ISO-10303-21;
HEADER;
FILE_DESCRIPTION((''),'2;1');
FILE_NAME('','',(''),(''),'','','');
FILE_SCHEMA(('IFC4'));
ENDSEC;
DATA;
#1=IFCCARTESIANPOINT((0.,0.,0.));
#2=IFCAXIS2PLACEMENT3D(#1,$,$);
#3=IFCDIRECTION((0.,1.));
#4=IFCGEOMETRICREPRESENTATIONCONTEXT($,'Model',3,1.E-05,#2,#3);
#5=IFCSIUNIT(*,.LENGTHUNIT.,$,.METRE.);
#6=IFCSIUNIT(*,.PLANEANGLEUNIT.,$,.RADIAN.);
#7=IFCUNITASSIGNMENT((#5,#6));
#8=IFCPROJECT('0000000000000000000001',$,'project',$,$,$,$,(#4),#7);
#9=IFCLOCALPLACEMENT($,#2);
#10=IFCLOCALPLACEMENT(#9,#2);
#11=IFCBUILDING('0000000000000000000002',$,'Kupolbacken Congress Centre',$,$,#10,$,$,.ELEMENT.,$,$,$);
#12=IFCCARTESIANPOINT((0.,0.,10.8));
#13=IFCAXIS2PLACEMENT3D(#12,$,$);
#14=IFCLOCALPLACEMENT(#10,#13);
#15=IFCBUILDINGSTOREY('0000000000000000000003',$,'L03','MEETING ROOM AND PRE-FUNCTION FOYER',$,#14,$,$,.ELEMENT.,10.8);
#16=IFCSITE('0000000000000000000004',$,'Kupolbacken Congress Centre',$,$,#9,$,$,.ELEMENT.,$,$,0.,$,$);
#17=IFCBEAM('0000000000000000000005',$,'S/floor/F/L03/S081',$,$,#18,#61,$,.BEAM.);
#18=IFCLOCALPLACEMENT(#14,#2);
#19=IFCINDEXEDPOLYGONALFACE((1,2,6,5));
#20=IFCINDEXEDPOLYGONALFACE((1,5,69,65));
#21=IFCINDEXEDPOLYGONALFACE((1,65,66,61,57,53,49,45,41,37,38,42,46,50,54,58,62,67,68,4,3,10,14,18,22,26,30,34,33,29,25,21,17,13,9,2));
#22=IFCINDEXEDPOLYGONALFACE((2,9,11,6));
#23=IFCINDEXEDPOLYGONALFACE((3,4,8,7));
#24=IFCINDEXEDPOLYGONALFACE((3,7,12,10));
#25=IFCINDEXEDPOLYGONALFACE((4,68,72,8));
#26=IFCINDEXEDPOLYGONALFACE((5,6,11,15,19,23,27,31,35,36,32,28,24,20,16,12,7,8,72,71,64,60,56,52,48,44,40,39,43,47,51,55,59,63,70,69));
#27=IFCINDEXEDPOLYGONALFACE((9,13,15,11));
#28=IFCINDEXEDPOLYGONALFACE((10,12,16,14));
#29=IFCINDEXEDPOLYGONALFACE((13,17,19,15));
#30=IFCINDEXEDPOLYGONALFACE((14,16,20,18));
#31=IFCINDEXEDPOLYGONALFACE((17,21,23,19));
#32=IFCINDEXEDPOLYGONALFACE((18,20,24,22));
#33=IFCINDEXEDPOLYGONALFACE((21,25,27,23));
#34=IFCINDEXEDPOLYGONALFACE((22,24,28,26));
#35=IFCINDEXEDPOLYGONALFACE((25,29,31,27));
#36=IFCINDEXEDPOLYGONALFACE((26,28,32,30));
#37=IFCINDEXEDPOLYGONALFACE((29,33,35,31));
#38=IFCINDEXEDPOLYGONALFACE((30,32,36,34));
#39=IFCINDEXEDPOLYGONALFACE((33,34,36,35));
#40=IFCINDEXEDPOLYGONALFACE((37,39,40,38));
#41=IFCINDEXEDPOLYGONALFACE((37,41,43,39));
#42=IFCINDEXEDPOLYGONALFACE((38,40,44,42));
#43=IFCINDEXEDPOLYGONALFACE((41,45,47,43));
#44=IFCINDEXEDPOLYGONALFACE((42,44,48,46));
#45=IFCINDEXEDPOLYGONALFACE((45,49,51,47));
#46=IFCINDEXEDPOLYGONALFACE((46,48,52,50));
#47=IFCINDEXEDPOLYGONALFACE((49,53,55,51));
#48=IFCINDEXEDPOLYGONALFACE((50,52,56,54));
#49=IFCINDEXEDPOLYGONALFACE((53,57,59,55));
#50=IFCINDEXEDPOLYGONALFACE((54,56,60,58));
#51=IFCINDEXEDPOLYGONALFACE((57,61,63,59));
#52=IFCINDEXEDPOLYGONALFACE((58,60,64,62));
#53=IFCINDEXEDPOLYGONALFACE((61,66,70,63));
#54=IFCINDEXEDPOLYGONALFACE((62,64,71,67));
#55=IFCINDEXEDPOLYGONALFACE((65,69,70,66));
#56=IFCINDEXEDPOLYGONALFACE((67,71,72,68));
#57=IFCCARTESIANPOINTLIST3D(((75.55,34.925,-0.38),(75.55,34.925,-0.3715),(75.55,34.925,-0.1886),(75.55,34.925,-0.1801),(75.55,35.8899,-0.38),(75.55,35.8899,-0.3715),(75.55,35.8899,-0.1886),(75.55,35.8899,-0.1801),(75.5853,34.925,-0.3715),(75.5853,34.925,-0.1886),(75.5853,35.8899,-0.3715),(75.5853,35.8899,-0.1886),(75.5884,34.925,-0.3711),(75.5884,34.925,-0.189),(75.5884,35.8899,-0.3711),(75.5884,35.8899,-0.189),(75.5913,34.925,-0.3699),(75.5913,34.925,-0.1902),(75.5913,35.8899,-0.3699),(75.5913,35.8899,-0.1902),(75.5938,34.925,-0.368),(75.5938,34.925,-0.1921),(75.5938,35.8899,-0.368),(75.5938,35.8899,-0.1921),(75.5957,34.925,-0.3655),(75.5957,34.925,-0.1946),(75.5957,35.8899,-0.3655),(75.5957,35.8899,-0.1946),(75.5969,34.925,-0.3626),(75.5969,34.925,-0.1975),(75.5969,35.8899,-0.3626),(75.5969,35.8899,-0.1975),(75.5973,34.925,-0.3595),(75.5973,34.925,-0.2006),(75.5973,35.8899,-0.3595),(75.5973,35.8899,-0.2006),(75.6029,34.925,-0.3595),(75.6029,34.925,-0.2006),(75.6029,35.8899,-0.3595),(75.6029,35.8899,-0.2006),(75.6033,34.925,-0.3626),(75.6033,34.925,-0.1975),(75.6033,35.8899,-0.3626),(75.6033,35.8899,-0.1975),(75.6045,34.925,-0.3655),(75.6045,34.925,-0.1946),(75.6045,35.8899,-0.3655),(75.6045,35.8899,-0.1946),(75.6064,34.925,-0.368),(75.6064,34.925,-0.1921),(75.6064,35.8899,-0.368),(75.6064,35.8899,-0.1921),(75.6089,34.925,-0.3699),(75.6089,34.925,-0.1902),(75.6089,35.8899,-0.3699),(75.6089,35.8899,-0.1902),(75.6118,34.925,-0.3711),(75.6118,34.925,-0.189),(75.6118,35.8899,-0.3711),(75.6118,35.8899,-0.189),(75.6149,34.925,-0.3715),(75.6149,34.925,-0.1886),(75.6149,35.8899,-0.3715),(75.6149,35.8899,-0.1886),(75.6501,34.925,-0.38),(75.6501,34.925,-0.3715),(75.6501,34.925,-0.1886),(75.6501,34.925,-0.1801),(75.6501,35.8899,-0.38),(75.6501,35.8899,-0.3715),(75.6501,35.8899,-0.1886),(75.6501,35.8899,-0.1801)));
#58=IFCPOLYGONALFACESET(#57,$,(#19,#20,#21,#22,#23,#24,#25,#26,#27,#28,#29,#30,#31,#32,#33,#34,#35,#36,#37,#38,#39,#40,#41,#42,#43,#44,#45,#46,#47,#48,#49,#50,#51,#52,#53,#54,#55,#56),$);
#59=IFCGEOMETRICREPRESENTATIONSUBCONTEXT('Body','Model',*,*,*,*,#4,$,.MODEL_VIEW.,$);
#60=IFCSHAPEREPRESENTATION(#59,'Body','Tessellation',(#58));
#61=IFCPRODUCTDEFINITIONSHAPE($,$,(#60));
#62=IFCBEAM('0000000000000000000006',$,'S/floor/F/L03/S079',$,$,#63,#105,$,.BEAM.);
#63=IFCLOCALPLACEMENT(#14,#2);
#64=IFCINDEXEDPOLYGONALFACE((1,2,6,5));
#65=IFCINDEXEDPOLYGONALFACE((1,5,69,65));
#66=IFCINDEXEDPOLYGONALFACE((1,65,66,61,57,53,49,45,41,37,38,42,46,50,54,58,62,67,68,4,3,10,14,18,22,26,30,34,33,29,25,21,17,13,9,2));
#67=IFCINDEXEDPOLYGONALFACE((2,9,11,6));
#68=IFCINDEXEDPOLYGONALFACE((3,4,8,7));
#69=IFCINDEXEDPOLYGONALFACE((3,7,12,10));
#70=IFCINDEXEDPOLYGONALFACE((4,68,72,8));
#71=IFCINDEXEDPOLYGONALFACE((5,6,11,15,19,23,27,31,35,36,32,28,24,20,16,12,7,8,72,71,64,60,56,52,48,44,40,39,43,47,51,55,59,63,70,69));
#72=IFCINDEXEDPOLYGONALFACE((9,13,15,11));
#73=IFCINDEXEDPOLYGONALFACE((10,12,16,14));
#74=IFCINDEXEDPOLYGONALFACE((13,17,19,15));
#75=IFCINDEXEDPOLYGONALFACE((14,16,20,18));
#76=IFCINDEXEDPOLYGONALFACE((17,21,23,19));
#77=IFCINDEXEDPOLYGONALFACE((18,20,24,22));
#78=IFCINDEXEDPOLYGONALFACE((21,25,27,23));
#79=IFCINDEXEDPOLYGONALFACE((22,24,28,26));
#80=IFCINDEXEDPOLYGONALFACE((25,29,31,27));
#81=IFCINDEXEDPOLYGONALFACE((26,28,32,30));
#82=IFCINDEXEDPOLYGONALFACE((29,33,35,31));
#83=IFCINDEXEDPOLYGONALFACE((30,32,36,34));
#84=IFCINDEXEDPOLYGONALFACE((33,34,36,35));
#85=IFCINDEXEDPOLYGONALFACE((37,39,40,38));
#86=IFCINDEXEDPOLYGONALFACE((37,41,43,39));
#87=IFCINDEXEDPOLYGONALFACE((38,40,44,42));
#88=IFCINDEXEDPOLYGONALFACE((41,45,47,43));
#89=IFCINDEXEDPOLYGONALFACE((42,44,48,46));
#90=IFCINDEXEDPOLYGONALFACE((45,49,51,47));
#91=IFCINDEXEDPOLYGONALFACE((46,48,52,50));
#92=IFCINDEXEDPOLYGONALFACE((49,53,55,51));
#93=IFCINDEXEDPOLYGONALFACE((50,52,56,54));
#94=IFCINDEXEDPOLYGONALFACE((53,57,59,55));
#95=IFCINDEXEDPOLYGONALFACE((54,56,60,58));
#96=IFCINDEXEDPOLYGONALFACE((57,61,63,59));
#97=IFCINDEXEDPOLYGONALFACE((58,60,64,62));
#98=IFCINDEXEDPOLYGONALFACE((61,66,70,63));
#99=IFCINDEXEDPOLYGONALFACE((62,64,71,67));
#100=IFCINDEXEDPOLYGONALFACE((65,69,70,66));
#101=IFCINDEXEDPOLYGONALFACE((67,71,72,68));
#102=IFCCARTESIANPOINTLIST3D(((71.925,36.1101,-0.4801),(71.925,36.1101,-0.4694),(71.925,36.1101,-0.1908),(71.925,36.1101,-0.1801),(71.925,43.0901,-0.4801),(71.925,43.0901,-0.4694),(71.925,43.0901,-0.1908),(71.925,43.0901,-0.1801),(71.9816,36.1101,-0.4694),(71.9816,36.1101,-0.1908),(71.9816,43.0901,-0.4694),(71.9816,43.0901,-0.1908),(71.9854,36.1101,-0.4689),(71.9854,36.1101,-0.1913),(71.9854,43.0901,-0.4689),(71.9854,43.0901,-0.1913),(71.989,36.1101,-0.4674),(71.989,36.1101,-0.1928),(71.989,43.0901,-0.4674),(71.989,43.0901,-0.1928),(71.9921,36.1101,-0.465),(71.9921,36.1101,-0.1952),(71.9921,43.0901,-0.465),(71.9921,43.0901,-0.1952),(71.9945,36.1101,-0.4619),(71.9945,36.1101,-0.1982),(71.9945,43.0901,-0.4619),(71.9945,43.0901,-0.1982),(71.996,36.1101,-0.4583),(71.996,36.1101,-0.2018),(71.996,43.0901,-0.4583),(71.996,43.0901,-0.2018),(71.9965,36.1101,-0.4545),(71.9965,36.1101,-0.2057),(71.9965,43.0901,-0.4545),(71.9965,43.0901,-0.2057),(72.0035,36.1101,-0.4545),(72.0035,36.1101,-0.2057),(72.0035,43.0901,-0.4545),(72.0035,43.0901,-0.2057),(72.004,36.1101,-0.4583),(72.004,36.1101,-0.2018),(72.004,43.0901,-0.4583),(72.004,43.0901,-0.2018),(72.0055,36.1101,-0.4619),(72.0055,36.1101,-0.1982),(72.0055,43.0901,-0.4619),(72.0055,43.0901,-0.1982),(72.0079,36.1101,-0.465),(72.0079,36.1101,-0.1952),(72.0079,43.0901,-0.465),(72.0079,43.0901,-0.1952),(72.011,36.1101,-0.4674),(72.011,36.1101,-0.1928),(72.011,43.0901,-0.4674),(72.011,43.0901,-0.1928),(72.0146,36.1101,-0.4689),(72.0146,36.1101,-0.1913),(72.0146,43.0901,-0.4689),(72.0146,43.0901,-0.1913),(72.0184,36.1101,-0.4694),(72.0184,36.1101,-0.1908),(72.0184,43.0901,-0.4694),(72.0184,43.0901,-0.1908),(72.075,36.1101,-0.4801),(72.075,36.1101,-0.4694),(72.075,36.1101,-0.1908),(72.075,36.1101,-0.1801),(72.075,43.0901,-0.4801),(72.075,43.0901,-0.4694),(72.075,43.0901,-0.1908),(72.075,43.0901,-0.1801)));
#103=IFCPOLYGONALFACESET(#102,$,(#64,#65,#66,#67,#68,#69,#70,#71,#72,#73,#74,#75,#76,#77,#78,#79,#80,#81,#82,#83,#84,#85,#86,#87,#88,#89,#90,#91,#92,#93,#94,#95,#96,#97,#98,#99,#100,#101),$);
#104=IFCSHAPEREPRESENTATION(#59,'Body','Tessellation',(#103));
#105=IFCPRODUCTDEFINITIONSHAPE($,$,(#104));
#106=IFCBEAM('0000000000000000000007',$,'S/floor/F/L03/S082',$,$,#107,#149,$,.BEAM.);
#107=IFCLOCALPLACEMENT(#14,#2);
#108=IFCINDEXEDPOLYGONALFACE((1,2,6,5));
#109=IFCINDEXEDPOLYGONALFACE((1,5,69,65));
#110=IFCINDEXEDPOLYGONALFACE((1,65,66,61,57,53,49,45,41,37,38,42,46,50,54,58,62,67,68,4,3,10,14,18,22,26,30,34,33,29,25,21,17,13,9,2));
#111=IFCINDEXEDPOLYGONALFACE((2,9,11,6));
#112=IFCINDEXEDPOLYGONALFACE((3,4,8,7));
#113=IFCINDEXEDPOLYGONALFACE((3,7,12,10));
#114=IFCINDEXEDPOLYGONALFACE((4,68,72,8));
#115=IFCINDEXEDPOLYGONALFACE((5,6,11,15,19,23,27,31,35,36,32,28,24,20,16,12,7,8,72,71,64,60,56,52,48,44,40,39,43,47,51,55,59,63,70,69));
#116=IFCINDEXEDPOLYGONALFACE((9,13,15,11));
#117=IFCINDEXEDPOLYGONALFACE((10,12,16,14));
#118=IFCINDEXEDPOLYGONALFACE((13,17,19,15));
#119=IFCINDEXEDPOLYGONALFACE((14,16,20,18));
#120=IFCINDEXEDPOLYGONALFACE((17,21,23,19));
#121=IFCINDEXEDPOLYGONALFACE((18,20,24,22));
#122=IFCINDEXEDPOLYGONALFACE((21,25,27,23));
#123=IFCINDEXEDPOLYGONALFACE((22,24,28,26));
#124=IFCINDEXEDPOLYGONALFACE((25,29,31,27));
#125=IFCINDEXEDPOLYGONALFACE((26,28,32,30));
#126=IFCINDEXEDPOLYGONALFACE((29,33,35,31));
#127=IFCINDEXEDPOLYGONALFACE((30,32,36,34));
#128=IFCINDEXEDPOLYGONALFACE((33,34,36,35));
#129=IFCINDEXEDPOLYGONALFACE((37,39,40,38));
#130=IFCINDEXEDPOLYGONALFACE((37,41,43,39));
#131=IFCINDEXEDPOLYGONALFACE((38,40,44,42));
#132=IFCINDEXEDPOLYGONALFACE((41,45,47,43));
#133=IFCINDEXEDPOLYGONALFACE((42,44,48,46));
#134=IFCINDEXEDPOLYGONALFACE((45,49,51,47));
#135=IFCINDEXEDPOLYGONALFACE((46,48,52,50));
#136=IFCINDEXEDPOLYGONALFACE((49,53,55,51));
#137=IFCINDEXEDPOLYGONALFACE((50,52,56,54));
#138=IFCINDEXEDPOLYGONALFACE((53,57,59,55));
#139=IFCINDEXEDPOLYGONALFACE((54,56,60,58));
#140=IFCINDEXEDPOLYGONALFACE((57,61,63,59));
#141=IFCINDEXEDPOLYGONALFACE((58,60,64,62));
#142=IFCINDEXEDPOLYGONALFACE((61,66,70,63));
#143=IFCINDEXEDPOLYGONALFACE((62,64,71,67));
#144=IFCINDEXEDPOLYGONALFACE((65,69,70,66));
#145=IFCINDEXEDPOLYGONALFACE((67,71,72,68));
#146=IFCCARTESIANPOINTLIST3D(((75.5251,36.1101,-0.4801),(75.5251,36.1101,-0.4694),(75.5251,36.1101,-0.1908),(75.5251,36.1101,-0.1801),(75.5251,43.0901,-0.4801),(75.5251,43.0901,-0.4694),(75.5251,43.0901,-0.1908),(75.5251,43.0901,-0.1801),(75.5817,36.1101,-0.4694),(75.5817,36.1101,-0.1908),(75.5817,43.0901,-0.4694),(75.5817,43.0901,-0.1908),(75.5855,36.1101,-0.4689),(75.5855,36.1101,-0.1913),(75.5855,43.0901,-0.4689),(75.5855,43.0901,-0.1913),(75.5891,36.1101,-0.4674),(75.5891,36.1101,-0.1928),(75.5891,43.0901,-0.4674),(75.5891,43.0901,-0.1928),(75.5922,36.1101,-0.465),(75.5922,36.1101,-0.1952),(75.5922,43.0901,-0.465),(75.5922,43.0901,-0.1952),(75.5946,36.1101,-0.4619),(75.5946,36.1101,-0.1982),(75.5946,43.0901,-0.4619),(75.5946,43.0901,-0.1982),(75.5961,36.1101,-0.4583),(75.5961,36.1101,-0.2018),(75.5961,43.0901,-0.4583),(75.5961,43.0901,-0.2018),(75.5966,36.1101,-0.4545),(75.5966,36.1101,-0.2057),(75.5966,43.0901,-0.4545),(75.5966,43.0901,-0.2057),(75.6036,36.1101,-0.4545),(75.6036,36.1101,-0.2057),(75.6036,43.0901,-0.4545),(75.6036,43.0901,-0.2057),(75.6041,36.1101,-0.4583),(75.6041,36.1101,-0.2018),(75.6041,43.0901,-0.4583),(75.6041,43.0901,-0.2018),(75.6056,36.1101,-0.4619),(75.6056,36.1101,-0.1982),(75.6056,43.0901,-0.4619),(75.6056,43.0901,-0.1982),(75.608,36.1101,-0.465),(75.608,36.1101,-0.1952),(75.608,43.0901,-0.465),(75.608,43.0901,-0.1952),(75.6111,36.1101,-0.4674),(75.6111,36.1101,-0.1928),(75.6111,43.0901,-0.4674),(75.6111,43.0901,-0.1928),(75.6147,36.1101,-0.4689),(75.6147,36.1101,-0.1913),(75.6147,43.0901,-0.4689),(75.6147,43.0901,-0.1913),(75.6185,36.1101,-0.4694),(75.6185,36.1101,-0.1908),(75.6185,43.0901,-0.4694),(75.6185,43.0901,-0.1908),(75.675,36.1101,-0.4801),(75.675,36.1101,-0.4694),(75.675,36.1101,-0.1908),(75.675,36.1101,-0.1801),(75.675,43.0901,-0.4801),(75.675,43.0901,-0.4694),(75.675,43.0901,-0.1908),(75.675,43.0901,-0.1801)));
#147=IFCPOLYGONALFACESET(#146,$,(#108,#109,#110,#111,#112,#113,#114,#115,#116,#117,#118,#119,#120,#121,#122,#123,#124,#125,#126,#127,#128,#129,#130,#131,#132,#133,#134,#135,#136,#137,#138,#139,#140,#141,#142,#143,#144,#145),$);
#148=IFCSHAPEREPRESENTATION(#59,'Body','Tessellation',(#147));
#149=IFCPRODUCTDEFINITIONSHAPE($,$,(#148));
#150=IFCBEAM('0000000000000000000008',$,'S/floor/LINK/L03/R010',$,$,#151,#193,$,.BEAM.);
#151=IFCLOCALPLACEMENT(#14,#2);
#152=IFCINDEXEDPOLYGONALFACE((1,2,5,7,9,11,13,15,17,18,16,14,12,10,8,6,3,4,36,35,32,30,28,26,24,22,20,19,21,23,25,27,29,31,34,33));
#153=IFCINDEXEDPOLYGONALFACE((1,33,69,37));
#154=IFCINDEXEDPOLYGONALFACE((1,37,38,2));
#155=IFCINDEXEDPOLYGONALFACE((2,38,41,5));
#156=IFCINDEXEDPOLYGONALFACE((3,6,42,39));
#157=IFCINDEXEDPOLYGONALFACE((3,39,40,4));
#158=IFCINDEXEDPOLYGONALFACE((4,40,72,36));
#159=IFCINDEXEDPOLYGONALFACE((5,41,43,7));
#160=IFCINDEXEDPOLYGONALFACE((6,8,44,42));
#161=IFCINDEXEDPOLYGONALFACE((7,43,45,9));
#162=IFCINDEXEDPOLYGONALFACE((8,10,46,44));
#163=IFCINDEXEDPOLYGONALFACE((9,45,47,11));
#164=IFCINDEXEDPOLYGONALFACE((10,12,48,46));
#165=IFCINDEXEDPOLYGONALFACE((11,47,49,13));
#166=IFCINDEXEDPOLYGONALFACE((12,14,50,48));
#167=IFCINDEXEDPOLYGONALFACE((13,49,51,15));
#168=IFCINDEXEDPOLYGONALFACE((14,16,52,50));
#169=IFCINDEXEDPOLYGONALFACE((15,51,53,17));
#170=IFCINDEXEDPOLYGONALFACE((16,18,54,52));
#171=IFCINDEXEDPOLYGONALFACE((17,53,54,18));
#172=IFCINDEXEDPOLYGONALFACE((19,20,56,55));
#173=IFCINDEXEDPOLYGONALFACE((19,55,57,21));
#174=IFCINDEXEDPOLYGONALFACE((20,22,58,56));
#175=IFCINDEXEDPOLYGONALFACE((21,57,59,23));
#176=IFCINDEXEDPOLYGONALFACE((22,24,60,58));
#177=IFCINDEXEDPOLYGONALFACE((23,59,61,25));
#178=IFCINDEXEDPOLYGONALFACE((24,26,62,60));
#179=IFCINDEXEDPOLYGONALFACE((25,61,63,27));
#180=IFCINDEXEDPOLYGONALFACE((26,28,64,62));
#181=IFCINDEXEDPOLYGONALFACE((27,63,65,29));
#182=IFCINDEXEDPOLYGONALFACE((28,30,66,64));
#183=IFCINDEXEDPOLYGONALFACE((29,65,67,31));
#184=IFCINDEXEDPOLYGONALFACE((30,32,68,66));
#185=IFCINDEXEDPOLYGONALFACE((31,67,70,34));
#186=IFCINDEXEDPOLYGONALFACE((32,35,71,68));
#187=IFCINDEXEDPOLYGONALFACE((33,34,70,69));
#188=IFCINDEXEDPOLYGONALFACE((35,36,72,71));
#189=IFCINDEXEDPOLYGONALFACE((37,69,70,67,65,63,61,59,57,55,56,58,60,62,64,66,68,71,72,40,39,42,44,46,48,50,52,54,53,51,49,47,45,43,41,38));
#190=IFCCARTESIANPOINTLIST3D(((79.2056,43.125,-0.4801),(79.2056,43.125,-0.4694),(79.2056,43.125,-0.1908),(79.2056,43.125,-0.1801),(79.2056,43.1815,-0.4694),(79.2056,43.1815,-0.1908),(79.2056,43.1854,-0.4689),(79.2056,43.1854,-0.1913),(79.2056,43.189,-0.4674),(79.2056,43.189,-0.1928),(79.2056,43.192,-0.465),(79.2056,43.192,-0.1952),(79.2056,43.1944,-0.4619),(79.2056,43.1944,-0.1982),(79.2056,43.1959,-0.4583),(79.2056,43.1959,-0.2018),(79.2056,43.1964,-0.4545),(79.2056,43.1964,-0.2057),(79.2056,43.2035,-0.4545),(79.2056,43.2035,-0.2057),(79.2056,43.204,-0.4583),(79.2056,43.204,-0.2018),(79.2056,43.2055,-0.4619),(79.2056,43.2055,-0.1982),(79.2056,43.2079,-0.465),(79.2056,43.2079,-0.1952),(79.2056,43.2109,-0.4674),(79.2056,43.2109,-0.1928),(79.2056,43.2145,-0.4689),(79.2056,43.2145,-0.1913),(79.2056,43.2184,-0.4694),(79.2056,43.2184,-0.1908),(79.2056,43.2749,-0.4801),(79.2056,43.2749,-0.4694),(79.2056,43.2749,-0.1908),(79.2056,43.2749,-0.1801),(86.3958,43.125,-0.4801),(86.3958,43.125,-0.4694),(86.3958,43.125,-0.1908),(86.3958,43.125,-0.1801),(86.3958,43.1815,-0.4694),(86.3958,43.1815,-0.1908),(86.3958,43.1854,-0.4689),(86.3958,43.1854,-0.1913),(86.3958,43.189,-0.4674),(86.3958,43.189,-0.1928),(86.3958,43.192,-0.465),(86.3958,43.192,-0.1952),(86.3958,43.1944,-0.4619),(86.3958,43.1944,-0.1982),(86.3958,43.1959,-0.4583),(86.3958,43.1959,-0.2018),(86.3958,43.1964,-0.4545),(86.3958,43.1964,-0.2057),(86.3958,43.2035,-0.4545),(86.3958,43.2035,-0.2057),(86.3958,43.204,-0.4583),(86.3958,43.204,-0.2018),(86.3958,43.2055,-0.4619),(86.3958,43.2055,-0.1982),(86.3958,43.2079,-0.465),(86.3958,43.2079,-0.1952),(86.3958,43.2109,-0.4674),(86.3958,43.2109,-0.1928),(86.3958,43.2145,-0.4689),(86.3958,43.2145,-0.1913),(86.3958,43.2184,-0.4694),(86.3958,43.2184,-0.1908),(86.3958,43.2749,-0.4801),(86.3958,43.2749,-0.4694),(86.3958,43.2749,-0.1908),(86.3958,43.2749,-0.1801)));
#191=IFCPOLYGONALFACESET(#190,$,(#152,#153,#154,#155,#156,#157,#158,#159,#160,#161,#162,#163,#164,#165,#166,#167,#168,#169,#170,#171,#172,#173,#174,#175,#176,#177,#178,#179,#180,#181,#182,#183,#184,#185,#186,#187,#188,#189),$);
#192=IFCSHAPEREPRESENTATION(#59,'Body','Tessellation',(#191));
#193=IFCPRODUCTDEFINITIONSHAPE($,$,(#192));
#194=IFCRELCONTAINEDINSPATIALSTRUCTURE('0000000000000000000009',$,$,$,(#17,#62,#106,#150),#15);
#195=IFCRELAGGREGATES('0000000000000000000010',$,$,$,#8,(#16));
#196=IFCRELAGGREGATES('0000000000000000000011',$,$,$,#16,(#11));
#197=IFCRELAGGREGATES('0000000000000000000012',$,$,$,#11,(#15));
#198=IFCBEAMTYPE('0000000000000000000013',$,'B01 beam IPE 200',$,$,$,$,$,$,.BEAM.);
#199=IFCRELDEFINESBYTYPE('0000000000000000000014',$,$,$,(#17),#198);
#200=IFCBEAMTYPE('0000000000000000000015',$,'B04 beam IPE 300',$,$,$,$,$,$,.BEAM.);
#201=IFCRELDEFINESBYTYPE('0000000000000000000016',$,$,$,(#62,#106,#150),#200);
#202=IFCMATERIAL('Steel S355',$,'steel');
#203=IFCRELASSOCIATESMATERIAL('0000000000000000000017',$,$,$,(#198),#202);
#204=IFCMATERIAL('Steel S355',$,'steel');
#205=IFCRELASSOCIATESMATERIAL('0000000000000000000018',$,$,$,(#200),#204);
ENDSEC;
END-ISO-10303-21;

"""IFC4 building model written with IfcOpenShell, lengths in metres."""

from ifc_helpers import new_model, si_unit, direction, frame, origin, origin_2d, place, context, subcontext, project, spatial, i_section, extrude, material, material_profile, profile_set, type_object, element, save


model = new_model("IFC4")

# Units and contexts
model_context = context("Model", 3, precision=1e-05, world=origin(), true_north=direction((0.0, 1.0)))
body_context = subcontext(model_context, "Body", "Model", "MODEL_VIEW")
ifc_project = project(units=[si_unit("LENGTHUNIT", "METRE"), si_unit("PLANEANGLEUNIT", "RADIAN")], contexts=[model_context])

# Site, building, storey
site_placement = place(None, origin())
site = spatial("IfcSite", under=ifc_project, at=site_placement, Name="Kupolbacken Congress Centre", CompositionType="ELEMENT", RefElevation=0.0)
building_placement = place(site_placement, origin())
building = spatial("IfcBuilding", under=site, at=building_placement, Name="Kupolbacken Congress Centre", CompositionType="ELEMENT")
storey_placement = place(building_placement, frame((0.0, 0.0, 10.8)))
storey = spatial("IfcBuildingStorey", under=building, at=storey_placement, Name="L03", Description="MEETING ROOM AND PRE-FUNCTION FOYER", CompositionType="ELEMENT", Elevation=10.8)

# Beams
ifc_material_1 = material(Name="Steel S355", Category="steel")
ifc_material_profile_1 = material_profile(ifc_material_1, i_section(OverallWidth=0.1001, OverallDepth=0.2, WebThickness=0.0056, FlangeThickness=0.0085, FilletRadius=0.012, at=origin_2d()), Name="IPE 200")
ifc_profile_set_1 = profile_set([ifc_material_profile_1], Name="Steel S355")
beam_type_1 = type_object("IfcBeamType", Name="B01 beam IPE 200", PredefinedType="BEAM", material=ifc_profile_set_1)
beam_1_placement = place(storey_placement, frame((75.6001, 34.925, -0.28), z_axis=(0.0, 1.0, 0.0), x_axis=(-1.0, 0.0, 0.0)))
element("IfcBeam", 1, at=beam_1_placement, inside=storey, type_object=beam_type_1, Name="S/floor/F/L03/S081", PredefinedType="BEAM", context=body_context, shape_type="SweptSolid", body=[
    extrude(i_section(OverallWidth=0.1001, OverallDepth=0.2, WebThickness=0.0056, FlangeThickness=0.0085, FilletRadius=0.012, at=origin_2d()), origin(), (0.0, 0.0, 1.0), 0.9648),
])
ifc_material_2 = material(Name="Steel S355", Category="steel")
ifc_material_profile_2 = material_profile(ifc_material_2, i_section(OverallWidth=0.1499, OverallDepth=0.3, WebThickness=0.0071, FlangeThickness=0.0107, FilletRadius=0.0149, at=origin_2d()), Name="IPE 300")
ifc_profile_set_2 = profile_set([ifc_material_profile_2], Name="Steel S355")
beam_type_2 = type_object("IfcBeamType", Name="B04 beam IPE 300", PredefinedType="BEAM", material=ifc_profile_set_2)
for number, where, z_axis, x_axis, name in (
    (2, (72.0, 36.1101, -0.3301), (0.0, 1.0, 0.0), (-1.0, 0.0, 0.0), "S/floor/F/L03/S079"),
    (3, (75.6001, 36.1101, -0.3301), (0.0, 1.0, 0.0), (-1.0, 0.0, 0.0), "S/floor/F/L03/S082"),
):
    element("IfcBeam", number, at=place(storey_placement, frame(where, z_axis=z_axis, x_axis=x_axis)), inside=storey, type_object=beam_type_2, Name=name, PredefinedType="BEAM", context=body_context, shape_type="SweptSolid", body=[
        extrude(i_section(OverallWidth=0.1499, OverallDepth=0.3, WebThickness=0.0071, FlangeThickness=0.0107, FilletRadius=0.0149, at=origin_2d()), origin(), (0.0, 0.0, 1.0), 6.98),
    ])
beam_2_placement = place(storey_placement, frame((79.2056, 43.2, -0.3301), z_axis=(1.0, 0.0, 0.0), x_axis=(0.0, 1.0, 0.0)))
element("IfcBeam", 4, at=beam_2_placement, inside=storey, type_object=beam_type_2, Name="S/floor/LINK/L03/R010", PredefinedType="BEAM", context=body_context, shape_type="SweptSolid", body=[
    extrude(i_section(OverallWidth=0.1499, OverallDepth=0.3, WebThickness=0.0071, FlangeThickness=0.0107, FilletRadius=0.0149, at=origin_2d()), origin(), (0.0, 0.0, 1.0), 7.1902),
])

save(model, "model.ifc")
